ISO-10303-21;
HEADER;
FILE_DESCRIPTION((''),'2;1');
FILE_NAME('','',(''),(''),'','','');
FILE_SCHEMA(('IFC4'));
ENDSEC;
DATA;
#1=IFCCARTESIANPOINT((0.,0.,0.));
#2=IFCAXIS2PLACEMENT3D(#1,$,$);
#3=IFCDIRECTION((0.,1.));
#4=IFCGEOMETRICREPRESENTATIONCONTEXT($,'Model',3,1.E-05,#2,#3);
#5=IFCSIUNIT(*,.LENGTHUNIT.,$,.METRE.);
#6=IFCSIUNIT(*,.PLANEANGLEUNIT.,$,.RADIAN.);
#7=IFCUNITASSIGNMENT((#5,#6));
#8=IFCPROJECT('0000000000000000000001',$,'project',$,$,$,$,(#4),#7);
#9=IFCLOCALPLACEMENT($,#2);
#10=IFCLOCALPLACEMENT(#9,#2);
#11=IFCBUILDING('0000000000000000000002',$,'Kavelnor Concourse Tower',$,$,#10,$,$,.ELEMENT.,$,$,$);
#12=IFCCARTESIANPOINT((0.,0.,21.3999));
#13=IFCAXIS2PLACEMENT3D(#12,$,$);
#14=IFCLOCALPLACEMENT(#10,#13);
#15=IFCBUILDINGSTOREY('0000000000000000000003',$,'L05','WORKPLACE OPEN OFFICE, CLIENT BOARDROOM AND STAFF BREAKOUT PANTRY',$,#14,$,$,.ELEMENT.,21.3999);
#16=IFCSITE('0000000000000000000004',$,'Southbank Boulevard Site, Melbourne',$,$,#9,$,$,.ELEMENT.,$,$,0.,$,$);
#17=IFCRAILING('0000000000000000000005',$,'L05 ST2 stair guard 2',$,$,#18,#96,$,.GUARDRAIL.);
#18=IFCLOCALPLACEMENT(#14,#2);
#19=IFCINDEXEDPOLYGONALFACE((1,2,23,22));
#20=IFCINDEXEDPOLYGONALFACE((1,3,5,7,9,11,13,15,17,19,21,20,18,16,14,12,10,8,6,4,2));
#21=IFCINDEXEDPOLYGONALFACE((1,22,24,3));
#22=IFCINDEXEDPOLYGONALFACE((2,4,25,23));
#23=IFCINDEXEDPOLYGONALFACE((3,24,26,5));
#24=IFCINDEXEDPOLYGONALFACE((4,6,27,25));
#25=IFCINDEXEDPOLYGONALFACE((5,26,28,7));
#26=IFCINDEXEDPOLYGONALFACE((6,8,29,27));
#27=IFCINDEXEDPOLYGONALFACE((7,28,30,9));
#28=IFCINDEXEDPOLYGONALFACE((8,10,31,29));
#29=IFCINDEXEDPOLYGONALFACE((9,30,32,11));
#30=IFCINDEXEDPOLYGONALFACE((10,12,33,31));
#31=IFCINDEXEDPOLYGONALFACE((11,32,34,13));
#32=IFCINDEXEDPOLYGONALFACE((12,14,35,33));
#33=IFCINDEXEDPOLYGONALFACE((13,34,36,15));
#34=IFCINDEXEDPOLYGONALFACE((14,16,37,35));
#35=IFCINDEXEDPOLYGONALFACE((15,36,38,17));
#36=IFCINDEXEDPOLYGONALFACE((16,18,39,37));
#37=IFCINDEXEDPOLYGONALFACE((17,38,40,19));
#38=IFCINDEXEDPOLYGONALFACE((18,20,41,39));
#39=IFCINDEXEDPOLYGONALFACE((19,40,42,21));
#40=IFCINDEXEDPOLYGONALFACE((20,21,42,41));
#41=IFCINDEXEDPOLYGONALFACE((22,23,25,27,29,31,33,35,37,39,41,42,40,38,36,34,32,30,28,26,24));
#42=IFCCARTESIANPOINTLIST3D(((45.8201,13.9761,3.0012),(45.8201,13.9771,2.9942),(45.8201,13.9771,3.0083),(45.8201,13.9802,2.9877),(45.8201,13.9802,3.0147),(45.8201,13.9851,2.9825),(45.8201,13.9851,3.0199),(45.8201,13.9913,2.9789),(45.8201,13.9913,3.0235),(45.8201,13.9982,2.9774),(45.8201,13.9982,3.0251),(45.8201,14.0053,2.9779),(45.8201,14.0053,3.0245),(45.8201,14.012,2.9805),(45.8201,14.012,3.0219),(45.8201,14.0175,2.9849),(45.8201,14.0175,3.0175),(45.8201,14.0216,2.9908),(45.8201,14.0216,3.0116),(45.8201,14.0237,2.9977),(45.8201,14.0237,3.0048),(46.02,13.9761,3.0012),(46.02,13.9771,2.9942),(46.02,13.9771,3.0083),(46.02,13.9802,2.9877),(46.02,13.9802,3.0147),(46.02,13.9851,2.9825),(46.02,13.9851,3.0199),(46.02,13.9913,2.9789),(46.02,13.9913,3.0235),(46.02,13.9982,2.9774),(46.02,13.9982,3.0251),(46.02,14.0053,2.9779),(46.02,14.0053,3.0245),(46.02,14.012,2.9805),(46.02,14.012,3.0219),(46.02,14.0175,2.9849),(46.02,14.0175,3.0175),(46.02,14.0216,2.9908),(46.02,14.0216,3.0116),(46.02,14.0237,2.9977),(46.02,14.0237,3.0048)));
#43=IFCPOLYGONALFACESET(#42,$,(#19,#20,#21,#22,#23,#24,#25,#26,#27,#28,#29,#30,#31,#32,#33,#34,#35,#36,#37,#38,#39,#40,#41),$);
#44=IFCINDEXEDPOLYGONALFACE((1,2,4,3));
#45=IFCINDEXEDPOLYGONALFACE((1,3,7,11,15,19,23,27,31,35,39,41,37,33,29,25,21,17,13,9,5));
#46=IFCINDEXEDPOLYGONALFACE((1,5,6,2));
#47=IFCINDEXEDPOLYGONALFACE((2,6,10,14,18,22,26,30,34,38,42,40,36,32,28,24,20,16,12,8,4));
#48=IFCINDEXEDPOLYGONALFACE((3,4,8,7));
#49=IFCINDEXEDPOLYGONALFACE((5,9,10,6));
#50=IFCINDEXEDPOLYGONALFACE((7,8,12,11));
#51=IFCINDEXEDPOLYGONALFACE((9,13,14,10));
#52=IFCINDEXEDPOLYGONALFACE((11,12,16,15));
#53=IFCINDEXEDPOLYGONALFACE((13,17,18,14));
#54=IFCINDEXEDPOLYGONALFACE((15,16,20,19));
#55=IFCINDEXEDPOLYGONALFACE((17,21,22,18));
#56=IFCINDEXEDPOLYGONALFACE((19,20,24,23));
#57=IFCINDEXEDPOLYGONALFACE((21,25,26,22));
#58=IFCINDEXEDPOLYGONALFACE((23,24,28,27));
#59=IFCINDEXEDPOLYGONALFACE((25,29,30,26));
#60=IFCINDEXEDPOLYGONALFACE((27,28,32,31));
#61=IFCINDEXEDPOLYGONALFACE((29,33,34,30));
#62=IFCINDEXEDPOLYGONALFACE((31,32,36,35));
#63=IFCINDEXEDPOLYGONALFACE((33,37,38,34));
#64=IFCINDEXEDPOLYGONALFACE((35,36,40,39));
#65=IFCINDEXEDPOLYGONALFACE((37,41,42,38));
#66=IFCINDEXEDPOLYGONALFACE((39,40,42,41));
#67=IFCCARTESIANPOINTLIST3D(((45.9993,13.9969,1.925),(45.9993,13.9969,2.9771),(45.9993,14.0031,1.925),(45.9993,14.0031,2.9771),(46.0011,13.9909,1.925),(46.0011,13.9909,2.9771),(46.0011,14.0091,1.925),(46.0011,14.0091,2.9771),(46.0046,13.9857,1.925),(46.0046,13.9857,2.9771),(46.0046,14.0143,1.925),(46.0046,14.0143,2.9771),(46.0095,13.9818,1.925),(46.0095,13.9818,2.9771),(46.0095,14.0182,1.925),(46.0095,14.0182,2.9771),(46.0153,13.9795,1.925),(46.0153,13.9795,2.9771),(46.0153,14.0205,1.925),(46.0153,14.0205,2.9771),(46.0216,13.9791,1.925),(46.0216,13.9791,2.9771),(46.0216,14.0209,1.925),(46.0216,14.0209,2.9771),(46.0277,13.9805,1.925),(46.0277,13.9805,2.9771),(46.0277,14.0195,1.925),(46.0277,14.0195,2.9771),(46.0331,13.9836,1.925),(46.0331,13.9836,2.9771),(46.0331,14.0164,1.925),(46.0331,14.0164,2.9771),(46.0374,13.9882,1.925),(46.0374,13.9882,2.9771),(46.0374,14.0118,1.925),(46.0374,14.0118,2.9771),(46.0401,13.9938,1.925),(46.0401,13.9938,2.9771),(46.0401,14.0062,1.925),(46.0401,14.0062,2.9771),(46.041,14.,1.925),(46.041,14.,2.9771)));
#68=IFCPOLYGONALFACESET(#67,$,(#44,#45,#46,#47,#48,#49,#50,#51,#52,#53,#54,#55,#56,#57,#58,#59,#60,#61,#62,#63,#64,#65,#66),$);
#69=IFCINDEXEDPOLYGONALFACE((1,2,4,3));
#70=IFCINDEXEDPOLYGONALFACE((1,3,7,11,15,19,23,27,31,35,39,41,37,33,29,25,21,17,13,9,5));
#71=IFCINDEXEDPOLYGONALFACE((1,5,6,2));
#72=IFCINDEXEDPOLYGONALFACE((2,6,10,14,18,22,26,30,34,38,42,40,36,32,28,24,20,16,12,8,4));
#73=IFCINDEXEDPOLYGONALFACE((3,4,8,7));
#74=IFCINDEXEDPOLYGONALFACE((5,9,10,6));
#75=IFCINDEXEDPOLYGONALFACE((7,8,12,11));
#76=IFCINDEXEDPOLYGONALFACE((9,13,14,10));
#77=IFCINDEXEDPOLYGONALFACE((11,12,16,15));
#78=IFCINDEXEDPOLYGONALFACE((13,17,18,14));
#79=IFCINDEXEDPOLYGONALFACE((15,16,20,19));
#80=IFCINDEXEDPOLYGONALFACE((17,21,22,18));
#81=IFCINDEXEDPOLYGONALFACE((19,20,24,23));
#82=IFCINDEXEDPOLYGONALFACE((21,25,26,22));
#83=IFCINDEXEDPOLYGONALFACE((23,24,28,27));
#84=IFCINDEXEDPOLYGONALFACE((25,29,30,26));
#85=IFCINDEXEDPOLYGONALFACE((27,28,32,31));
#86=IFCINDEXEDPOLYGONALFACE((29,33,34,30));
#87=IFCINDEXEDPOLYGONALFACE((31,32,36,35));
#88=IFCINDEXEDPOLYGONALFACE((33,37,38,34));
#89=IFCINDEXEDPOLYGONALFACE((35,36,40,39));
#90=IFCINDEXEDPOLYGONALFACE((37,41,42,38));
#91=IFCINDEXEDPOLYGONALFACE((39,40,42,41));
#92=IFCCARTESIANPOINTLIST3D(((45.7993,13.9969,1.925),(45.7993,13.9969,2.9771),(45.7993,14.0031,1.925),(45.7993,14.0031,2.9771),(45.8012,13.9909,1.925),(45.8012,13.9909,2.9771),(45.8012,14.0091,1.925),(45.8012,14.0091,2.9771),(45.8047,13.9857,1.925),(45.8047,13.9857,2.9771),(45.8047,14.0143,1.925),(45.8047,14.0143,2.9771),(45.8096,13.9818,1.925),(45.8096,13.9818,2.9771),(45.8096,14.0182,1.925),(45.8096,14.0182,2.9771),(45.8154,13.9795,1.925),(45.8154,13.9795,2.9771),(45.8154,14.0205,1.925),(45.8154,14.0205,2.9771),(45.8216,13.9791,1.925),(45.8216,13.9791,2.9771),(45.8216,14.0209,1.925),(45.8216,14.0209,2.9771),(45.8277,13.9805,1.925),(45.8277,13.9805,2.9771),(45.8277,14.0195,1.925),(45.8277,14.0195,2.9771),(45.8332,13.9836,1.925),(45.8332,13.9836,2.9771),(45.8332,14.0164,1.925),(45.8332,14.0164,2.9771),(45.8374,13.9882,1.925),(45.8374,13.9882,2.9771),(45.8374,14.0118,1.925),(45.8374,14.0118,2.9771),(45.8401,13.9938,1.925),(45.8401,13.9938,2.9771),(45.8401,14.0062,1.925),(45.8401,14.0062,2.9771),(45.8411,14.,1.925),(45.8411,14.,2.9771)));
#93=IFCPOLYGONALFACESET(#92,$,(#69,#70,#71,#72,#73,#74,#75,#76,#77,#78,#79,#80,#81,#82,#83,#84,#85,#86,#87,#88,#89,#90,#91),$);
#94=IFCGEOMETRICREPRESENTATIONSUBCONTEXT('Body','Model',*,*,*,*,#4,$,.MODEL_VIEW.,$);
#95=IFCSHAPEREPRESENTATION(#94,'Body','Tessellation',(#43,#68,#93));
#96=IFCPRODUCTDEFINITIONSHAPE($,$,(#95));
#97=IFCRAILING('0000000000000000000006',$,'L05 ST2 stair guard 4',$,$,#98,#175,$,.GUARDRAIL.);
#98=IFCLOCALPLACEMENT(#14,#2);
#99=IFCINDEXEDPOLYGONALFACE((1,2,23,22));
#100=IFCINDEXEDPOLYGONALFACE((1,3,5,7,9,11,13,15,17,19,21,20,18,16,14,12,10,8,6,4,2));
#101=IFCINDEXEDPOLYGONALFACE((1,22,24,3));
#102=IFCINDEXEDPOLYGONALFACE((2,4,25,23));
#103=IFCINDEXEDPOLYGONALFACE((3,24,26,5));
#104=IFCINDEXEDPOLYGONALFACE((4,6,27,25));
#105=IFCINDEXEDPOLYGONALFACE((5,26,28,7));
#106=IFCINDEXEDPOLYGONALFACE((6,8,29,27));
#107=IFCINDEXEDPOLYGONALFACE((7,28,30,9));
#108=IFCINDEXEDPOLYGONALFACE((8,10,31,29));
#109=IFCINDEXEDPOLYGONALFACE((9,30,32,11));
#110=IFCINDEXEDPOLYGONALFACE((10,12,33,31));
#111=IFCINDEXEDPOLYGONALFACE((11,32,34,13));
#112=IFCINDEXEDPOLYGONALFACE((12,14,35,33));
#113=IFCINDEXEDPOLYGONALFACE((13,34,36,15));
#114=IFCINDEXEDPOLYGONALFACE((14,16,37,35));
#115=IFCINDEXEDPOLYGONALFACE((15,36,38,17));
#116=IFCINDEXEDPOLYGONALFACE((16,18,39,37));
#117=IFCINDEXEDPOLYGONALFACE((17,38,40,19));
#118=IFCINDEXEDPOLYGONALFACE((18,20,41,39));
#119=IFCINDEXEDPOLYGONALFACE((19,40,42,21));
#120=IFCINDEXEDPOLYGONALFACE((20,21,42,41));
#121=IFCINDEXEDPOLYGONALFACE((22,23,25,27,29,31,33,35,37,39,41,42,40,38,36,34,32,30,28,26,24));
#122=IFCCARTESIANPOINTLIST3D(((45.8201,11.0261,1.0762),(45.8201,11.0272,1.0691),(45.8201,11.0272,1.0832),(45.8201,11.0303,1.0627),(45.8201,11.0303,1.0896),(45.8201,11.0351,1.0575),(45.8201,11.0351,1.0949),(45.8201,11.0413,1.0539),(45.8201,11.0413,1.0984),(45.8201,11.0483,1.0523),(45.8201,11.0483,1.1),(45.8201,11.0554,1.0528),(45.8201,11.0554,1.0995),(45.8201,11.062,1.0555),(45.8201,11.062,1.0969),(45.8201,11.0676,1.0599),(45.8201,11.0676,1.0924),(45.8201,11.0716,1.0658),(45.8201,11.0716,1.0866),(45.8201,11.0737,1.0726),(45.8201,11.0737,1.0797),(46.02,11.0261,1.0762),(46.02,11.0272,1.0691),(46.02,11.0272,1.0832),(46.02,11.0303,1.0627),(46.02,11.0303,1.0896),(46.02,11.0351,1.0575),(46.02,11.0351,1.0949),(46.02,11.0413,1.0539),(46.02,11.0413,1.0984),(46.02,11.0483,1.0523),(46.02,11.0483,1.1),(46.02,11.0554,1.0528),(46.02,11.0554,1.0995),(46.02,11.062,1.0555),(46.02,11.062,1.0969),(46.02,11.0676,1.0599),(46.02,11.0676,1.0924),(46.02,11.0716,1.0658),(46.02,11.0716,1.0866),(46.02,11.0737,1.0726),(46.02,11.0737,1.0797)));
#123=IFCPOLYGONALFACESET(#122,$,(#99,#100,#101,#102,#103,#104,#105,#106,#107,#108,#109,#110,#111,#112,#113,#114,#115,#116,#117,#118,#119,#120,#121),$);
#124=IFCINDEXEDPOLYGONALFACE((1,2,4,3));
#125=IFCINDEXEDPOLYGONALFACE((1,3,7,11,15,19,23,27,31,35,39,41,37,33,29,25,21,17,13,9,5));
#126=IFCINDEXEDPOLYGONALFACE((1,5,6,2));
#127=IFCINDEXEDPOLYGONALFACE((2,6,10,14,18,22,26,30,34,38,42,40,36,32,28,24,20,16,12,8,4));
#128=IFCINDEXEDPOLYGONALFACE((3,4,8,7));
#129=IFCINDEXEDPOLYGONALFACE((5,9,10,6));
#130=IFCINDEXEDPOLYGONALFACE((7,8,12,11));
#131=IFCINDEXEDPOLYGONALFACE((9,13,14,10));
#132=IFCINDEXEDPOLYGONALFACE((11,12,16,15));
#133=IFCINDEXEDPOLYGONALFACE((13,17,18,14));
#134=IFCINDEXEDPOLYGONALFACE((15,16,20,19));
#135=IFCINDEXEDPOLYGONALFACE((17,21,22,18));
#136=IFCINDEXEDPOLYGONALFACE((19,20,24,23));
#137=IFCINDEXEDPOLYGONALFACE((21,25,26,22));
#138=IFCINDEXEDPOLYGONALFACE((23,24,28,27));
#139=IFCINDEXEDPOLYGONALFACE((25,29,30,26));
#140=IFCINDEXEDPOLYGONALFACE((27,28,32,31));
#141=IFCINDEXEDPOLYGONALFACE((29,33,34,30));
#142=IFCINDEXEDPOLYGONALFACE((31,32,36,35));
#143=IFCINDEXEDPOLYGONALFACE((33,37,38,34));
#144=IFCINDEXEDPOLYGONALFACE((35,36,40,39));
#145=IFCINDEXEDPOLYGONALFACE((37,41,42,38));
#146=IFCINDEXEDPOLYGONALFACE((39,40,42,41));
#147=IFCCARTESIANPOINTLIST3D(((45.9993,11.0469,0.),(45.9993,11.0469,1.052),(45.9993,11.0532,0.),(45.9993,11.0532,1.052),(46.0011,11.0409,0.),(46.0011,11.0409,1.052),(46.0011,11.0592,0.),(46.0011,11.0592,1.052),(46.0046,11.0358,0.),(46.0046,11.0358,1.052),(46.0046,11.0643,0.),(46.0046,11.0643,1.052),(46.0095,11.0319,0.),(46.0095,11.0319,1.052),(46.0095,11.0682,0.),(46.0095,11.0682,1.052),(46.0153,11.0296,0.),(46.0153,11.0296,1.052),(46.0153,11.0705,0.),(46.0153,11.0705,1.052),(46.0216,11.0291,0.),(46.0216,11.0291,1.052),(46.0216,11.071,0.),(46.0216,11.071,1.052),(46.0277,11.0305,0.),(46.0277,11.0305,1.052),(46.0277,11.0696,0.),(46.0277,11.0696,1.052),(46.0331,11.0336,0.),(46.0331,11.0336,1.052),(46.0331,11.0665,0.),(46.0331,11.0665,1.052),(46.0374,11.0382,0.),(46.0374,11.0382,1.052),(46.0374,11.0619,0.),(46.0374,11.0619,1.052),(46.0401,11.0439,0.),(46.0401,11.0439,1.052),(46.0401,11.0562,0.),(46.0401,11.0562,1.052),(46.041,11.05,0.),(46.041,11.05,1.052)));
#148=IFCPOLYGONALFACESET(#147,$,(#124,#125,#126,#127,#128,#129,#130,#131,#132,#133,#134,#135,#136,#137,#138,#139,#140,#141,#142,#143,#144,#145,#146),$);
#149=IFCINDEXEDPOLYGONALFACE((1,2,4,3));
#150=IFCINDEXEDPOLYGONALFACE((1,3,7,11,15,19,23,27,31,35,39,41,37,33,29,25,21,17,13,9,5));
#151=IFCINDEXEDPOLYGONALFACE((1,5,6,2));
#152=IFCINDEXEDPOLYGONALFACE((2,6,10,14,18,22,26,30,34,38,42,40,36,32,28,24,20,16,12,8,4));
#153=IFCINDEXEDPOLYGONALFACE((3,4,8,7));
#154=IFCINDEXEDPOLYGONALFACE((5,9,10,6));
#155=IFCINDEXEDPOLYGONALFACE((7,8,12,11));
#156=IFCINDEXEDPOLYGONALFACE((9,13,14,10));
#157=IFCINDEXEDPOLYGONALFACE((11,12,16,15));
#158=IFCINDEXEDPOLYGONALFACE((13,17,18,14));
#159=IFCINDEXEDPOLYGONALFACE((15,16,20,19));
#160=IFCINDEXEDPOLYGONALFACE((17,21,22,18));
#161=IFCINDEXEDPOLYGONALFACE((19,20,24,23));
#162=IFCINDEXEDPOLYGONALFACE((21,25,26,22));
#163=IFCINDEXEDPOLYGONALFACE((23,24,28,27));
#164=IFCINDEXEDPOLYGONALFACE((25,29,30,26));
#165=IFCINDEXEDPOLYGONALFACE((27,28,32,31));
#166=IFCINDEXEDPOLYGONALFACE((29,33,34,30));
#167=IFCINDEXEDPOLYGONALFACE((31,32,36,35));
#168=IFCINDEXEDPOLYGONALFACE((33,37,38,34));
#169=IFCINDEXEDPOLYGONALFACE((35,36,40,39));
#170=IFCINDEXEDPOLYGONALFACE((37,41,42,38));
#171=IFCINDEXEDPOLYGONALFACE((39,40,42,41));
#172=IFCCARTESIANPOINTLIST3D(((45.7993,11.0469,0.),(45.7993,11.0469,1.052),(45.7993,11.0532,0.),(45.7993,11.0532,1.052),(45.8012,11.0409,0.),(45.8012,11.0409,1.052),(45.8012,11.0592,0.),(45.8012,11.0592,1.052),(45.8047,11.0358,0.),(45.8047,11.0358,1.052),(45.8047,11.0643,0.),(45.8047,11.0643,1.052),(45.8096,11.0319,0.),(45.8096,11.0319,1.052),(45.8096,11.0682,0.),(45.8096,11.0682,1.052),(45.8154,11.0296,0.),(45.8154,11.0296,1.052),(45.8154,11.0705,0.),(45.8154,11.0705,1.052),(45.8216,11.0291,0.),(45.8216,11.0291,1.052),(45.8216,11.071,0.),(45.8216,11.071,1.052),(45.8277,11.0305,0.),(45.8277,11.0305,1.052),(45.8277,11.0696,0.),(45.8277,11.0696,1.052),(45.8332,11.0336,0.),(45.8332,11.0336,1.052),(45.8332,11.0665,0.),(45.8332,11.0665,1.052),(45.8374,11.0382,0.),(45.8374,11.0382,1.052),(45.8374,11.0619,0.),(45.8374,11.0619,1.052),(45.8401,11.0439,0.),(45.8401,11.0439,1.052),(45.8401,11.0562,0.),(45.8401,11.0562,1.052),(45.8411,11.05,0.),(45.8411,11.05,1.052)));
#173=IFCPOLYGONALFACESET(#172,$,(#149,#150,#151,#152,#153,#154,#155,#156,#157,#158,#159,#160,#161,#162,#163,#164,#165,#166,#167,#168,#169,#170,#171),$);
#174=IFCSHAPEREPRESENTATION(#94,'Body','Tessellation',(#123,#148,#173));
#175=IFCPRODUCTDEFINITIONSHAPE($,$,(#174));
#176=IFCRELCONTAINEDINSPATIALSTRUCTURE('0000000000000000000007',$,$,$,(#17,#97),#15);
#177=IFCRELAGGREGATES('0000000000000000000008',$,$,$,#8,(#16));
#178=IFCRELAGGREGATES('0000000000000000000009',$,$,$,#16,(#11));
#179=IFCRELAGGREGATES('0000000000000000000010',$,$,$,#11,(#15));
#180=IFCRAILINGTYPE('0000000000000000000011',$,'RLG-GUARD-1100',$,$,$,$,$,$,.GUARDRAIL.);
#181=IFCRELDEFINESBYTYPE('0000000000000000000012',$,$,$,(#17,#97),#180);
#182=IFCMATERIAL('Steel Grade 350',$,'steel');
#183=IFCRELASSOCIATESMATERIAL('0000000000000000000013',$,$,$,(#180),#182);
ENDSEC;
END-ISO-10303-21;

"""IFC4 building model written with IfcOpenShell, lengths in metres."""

from ifc_helpers import new_model, si_unit, direction, frame, origin, origin_2d, place, context, subcontext, project, spatial, circle, extrude, material, type_object, element, save


model = new_model("IFC4")

# Units and contexts
model_context = context("Model", 3, precision=1e-05, world=origin(), true_north=direction((0.0, 1.0)))
body_context = subcontext(model_context, "Body", "Model", "MODEL_VIEW")
ifc_project = project(units=[si_unit("LENGTHUNIT", "METRE"), si_unit("PLANEANGLEUNIT", "RADIAN")], contexts=[model_context])

# Site, building, storey
site_placement = place(None, origin())
site = spatial("IfcSite", under=ifc_project, at=site_placement, Name="Southbank Boulevard Site, Melbourne", CompositionType="ELEMENT", RefElevation=0.0)
building_placement = place(site_placement, origin())
building = spatial("IfcBuilding", under=site, at=building_placement, Name="Kavelnor Concourse Tower", CompositionType="ELEMENT")
storey_placement = place(building_placement, frame((0.0, 0.0, 21.3999)))
storey = spatial("IfcBuildingStorey", under=building, at=storey_placement, Name="L05", Description="WORKPLACE OPEN OFFICE, CLIENT BOARDROOM AND STAFF BREAKOUT PANTRY", CompositionType="ELEMENT", Elevation=21.3999)

# Shared definitions
ifc_material_1 = material(Name="Steel Grade 350", Category="steel")

# Railings
railing_type_1 = type_object("IfcRailingType", Name="RLG-GUARD-1100", PredefinedType="GUARDRAIL", material=ifc_material_1)
for number, where, name in (
    (1, (46.02, 14.0, 1.925), "L05 ST2 stair guard 2"),
    (2, (46.02, 11.05, 0.0), "L05 ST2 stair guard 4"),
):
    element("IfcRailing", number, at=place(storey_placement, frame(where)), inside=storey, type_object=railing_type_1, Name=name, PredefinedType="GUARDRAIL", context=body_context, shape_type="SweptSolid", body=[
        extrude(circle(Radius=0.0239, at=origin_2d()), frame((0.0, 0.0, 1.0762), z_axis=(-1.0, 0.0, 0.0), x_axis=(0.0, -1.0, 0.0)), (0.0, 0.0, 1.0), 0.2),
        extrude(circle(Radius=0.021, at=origin_2d()), origin(), (0.0, 0.0, 1.0), 1.052),
        extrude(circle(Radius=0.021, at=origin_2d()), frame((-0.2, 0.0, 0.0)), (0.0, 0.0, 1.0), 1.052),
    ])

save(model, "model.ifc")
